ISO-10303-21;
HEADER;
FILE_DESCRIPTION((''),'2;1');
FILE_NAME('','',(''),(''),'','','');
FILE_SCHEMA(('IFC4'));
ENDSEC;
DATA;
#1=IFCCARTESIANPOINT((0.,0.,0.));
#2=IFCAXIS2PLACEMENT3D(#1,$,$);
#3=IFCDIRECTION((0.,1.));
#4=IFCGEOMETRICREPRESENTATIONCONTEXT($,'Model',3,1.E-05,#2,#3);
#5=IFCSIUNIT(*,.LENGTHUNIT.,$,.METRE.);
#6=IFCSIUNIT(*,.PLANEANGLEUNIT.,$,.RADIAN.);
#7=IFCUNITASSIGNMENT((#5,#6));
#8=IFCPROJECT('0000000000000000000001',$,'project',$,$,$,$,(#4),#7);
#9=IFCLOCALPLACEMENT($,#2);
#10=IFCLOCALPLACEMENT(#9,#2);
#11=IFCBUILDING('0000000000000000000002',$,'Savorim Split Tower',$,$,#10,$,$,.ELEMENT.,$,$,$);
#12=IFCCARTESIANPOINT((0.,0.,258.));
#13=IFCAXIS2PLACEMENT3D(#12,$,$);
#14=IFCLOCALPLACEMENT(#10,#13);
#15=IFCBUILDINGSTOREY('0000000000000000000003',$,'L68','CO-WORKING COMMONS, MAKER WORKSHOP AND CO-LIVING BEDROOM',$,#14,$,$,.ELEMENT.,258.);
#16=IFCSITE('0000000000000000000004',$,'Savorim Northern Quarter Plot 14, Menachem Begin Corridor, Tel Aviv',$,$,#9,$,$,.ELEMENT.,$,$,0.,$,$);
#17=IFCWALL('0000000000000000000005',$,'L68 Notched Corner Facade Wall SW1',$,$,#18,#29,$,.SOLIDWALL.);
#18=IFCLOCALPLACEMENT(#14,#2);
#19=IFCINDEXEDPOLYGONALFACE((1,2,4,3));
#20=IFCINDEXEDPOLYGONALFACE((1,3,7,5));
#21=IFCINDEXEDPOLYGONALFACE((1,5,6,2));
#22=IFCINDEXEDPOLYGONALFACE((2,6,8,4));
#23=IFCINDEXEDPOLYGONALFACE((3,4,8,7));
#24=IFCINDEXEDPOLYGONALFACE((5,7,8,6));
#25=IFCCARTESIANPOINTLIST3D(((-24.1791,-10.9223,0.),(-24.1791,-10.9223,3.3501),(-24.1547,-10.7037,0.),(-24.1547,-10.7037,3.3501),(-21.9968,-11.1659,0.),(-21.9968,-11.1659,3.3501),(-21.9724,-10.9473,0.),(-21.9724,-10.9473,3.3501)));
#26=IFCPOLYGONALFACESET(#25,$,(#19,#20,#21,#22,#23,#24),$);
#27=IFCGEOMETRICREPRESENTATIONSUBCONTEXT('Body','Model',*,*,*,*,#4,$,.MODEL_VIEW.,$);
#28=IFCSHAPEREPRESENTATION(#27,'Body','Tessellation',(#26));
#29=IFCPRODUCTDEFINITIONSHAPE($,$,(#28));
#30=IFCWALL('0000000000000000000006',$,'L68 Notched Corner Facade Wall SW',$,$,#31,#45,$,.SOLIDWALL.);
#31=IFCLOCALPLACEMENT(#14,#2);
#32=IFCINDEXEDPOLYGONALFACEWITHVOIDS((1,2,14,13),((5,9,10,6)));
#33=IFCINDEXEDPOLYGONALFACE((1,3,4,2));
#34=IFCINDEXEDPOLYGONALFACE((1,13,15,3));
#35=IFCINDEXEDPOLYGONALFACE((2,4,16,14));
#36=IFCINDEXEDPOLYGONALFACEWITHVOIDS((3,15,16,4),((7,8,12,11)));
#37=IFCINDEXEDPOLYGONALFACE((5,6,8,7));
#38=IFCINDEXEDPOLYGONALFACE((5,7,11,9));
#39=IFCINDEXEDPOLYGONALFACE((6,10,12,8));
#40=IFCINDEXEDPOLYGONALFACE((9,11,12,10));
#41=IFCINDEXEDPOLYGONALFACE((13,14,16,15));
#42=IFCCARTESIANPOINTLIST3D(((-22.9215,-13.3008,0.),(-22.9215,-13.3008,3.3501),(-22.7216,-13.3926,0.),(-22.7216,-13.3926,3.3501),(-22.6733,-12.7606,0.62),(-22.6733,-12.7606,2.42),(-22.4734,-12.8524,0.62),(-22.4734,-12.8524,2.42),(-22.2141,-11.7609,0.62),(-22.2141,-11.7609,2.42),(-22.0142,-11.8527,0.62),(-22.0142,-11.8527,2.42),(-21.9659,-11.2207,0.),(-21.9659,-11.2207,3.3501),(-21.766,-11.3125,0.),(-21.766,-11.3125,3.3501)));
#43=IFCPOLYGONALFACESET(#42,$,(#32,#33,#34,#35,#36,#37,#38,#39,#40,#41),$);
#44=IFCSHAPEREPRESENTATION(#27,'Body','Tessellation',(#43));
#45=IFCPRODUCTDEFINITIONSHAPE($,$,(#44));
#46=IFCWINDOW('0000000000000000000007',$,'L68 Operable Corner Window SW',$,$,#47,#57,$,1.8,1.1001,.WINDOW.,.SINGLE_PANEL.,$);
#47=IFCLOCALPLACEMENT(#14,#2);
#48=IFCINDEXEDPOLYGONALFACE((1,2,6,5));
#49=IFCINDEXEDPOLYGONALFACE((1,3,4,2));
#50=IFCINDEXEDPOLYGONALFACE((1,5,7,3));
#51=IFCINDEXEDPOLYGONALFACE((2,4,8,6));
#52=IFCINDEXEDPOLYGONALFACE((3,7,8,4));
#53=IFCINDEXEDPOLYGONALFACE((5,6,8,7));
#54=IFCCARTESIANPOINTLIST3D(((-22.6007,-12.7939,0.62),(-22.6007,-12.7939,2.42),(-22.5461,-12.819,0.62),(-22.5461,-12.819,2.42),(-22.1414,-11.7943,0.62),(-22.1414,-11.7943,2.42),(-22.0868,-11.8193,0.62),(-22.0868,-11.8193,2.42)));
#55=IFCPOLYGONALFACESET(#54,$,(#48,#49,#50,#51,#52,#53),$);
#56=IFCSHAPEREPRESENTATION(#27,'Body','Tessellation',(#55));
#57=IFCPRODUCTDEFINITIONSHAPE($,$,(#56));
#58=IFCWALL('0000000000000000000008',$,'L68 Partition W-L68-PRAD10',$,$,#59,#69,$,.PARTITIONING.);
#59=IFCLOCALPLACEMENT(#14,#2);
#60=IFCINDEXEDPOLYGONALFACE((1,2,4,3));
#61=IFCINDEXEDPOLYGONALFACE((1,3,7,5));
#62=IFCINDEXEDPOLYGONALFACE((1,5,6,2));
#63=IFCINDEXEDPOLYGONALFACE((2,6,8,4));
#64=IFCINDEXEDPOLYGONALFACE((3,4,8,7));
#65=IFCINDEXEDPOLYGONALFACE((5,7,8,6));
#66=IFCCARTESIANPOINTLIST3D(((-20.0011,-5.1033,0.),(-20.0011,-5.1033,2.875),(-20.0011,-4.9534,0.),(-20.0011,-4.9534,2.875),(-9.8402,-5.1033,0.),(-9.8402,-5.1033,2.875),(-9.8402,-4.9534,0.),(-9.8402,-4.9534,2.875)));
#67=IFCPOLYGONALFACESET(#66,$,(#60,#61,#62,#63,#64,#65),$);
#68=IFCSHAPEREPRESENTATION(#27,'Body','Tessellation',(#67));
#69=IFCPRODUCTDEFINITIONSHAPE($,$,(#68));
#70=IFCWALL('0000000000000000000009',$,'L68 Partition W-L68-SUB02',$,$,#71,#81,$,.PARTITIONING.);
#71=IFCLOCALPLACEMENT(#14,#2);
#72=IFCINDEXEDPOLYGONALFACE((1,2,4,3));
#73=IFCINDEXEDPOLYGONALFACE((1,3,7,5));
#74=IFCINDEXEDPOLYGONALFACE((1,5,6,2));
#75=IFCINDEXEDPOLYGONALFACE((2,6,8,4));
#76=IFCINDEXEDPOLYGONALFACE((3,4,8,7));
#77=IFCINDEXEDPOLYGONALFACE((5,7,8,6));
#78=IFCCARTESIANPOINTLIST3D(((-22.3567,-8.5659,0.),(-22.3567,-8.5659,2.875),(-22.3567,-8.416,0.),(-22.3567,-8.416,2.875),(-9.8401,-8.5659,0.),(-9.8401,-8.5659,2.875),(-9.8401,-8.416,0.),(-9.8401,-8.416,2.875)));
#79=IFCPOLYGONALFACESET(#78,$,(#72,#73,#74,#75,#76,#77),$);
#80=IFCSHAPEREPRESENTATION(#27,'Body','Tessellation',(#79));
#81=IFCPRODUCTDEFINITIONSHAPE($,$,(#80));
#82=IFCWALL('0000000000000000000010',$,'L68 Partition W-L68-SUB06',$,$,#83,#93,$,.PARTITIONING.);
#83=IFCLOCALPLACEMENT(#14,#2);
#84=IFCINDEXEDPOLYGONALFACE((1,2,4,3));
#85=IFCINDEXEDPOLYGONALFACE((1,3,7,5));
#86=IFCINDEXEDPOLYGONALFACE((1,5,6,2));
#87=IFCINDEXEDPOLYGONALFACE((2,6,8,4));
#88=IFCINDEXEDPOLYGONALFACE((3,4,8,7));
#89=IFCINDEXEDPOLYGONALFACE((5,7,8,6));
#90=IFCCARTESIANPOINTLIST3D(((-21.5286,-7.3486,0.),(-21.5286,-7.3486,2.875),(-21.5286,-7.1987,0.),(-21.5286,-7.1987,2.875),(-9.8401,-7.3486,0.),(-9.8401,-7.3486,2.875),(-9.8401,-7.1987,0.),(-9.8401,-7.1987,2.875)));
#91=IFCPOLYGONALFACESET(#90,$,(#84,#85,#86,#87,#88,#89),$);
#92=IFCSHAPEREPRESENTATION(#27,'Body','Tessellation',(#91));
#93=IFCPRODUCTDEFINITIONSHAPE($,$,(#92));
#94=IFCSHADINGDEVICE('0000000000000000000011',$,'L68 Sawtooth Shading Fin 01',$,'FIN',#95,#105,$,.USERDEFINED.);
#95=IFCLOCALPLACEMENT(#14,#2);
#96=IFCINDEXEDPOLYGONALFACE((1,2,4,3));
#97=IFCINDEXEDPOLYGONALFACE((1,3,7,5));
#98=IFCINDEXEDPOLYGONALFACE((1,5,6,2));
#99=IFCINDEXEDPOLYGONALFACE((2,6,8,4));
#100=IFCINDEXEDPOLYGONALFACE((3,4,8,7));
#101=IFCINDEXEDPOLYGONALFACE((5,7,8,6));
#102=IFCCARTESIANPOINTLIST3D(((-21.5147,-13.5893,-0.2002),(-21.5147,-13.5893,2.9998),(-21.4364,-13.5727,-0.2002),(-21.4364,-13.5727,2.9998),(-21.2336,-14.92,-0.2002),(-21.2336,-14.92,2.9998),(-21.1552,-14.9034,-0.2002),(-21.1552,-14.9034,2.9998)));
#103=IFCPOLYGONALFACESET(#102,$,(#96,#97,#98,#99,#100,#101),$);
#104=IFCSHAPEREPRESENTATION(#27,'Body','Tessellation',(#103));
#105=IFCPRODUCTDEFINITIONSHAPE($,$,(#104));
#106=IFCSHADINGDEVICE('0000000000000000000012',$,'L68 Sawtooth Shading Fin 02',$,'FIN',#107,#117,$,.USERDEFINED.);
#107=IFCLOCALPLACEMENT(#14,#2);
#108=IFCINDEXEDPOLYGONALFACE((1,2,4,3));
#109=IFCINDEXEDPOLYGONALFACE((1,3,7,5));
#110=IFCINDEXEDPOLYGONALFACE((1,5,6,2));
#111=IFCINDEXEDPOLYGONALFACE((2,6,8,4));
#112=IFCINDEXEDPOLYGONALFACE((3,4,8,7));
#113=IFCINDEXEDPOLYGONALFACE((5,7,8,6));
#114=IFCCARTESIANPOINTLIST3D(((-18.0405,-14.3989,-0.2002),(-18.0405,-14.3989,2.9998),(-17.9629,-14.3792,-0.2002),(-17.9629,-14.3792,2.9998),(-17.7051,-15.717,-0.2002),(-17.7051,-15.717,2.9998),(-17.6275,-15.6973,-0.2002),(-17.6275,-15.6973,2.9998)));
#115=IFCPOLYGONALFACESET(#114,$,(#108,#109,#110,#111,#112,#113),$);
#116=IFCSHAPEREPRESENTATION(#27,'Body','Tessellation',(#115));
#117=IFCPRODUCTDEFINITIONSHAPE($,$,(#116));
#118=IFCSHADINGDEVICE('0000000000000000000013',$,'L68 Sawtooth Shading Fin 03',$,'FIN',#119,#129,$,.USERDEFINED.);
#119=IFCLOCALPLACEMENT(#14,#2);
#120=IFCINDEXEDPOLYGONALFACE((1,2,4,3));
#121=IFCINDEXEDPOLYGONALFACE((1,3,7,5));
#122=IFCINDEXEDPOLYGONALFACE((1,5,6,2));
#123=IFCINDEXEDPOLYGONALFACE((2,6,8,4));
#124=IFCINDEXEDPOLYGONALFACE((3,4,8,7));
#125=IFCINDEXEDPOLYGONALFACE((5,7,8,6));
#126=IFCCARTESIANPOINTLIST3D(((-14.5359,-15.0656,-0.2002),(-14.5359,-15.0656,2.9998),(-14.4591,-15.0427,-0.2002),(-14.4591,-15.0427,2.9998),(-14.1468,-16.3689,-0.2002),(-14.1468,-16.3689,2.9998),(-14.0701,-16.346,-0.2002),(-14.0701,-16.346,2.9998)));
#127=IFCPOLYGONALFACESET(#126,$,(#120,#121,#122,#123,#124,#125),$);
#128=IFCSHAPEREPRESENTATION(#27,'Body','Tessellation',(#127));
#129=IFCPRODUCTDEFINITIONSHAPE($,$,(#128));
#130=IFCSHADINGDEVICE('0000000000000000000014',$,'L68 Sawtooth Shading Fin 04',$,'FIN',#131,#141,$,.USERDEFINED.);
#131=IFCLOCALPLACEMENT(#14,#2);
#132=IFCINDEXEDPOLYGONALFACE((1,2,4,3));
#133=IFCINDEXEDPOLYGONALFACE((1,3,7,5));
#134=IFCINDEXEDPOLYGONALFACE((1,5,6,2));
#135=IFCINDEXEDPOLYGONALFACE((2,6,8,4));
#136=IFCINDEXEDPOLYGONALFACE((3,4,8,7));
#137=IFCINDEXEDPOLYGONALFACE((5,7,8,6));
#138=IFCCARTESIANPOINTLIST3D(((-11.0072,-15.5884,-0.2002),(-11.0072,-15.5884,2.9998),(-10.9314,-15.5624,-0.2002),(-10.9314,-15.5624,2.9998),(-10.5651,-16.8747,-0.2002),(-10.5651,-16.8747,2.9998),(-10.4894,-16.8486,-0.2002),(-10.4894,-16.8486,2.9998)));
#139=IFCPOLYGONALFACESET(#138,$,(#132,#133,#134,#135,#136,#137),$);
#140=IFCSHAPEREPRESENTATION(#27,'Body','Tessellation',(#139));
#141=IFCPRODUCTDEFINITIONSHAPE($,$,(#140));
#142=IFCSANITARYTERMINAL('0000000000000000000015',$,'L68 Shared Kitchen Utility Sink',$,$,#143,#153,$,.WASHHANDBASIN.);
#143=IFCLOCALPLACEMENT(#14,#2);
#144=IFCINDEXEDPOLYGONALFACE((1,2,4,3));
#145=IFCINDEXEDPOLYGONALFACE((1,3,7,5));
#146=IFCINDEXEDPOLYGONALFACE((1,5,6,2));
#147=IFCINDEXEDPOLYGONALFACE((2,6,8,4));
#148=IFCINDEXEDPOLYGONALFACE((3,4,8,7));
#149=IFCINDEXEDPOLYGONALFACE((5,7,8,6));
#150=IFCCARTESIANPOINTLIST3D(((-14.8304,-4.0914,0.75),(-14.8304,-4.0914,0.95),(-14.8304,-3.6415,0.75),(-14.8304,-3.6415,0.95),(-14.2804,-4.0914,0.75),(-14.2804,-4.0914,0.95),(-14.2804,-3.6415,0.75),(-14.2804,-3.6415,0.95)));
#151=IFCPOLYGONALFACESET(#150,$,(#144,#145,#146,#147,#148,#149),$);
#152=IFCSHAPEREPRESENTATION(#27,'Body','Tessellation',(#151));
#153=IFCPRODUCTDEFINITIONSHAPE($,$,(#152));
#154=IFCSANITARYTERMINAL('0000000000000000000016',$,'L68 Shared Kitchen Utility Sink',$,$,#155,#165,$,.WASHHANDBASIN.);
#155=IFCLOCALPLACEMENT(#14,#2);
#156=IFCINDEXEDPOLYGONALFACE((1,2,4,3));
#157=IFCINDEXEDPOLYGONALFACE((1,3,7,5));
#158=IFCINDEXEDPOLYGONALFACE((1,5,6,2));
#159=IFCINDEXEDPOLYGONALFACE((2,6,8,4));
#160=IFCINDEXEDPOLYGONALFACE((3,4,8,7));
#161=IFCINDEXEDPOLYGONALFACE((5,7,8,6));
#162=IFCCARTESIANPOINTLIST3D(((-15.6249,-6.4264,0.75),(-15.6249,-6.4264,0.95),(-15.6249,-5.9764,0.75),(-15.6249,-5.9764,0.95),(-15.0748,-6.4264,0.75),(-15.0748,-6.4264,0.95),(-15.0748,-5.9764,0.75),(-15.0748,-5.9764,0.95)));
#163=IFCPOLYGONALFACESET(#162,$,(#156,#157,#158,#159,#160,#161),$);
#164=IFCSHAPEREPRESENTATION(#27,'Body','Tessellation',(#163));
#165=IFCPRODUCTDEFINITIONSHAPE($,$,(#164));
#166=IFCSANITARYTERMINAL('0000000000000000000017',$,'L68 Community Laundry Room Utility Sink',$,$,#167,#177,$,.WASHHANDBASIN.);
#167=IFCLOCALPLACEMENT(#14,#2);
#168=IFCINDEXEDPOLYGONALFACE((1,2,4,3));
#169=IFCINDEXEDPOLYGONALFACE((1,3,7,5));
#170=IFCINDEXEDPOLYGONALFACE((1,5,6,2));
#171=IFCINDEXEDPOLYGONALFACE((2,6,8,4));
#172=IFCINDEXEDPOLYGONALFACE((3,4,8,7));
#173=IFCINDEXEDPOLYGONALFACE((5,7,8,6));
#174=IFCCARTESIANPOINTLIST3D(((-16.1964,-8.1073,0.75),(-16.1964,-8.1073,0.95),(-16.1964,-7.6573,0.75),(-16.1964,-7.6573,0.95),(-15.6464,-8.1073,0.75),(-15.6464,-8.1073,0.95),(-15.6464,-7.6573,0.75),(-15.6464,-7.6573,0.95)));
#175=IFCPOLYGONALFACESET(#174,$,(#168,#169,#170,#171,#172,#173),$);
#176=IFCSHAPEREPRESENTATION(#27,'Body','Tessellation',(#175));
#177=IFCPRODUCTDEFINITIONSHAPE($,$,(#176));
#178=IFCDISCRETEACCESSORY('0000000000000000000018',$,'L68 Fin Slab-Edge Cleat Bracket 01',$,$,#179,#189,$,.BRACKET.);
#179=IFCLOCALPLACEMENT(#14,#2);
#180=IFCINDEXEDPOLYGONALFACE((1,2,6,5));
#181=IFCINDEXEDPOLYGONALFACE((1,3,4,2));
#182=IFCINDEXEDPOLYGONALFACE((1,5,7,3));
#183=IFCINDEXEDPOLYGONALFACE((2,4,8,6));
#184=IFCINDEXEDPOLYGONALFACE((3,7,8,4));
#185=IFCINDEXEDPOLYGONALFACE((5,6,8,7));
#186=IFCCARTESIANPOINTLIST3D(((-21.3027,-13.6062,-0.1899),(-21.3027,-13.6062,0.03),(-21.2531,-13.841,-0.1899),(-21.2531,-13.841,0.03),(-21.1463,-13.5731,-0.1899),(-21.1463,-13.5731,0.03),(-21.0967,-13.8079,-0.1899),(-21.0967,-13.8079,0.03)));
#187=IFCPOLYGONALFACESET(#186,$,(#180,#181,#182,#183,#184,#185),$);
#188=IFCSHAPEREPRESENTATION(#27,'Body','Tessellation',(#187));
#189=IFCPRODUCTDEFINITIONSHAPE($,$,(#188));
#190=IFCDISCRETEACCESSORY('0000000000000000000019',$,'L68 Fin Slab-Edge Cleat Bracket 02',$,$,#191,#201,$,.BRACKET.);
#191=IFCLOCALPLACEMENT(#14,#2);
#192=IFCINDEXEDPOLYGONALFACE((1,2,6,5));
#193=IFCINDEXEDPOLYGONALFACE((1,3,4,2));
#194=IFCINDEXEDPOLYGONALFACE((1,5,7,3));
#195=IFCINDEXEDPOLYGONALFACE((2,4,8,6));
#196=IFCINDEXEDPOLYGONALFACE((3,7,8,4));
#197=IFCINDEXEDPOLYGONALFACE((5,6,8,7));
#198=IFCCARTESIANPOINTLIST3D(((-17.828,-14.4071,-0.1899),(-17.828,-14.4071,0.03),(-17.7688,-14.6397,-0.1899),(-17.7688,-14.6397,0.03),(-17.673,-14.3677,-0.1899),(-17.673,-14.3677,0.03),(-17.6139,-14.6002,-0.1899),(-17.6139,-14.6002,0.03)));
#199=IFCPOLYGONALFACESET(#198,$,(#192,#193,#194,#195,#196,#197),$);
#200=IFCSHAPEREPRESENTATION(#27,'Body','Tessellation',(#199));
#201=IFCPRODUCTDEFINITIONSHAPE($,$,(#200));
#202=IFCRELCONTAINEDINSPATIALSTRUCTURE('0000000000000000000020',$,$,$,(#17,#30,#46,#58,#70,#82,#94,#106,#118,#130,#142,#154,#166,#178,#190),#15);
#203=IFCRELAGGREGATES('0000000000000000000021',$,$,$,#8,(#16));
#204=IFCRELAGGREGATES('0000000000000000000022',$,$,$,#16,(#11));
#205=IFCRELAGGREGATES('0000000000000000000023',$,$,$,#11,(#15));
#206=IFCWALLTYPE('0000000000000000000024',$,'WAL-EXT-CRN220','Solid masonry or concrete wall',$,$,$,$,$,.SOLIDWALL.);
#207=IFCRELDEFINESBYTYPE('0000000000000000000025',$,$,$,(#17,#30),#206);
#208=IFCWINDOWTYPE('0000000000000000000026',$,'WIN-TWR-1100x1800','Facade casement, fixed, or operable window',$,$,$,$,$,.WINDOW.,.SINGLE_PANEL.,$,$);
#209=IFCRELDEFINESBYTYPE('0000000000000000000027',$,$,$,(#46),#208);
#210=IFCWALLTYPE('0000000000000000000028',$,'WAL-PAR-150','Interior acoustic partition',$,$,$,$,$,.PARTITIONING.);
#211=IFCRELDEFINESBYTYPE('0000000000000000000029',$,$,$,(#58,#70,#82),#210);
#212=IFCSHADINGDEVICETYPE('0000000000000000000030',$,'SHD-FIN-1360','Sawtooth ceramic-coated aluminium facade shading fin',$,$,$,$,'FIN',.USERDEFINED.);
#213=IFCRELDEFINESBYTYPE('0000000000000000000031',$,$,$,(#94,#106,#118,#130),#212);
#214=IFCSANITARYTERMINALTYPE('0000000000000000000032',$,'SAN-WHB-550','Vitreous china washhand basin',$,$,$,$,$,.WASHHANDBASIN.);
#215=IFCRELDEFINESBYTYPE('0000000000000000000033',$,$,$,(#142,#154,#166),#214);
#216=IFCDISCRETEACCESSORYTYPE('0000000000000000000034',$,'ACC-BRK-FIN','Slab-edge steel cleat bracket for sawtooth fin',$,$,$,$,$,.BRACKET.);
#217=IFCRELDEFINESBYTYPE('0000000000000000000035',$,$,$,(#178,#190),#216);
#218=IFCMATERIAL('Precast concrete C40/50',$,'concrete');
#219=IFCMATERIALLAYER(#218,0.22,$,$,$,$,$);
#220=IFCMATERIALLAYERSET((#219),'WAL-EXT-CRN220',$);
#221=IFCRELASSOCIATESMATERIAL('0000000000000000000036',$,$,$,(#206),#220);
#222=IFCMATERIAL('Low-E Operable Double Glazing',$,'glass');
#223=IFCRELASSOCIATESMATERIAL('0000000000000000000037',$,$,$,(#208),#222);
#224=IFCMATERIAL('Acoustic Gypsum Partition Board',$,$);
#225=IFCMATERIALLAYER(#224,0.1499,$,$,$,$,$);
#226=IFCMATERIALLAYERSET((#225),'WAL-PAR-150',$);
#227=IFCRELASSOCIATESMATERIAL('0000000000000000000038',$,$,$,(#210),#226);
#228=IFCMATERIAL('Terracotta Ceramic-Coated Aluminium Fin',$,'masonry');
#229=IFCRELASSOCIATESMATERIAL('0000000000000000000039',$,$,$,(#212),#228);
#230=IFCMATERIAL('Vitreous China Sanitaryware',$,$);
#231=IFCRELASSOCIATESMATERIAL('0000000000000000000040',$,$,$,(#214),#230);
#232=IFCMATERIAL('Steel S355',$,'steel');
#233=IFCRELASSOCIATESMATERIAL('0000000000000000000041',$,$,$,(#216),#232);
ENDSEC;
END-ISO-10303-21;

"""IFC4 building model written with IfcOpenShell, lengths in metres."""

from ifc_helpers import new_model, si_unit, direction, frame, frame_2d, origin, origin_2d, place, context, subcontext, project, spatial, rectangle, extrude, material, layer, layer_set, type_object, element, fill, save


model = new_model("IFC4")

# Units and contexts
model_context = context("Model", 3, precision=1e-05, world=origin(), true_north=direction((0.0, 1.0)))
body_context = subcontext(model_context, "Body", "Model", "MODEL_VIEW")
ifc_project = project(units=[si_unit("LENGTHUNIT", "METRE"), si_unit("PLANEANGLEUNIT", "RADIAN")], contexts=[model_context])

# Site, building, storey
site_placement = place(None, origin())
site = spatial("IfcSite", under=ifc_project, at=site_placement, Name="Savorim Northern Quarter Plot 14, Menachem Begin Corridor, Tel Aviv", CompositionType="ELEMENT", RefElevation=0.0)
building_placement = place(site_placement, origin())
building = spatial("IfcBuilding", under=site, at=building_placement, Name="Savorim Split Tower", CompositionType="ELEMENT")
storey_placement = place(building_placement, frame((0.0, 0.0, 258.0)))
storey = spatial("IfcBuildingStorey", under=building, at=storey_placement, Name="L68", Description="CO-WORKING COMMONS, MAKER WORKSHOP AND CO-LIVING BEDROOM", CompositionType="ELEMENT", Elevation=258.0)

# Shared definitions
ifc_material_1 = material(Name="Steel S355", Category="steel")

# Wall
ifc_material_2 = material(Name="Precast concrete C40/50", Category="concrete")
ifc_layer_1 = layer(ifc_material_2, 0.22)
ifc_layer_set_1 = layer_set([ifc_layer_1], Name="WAL-EXT-CRN220")
wall_type_1 = type_object("IfcWallType", Name="WAL-EXT-CRN220", Description="Solid masonry or concrete wall", PredefinedType="SOLIDWALL", material=ifc_layer_set_1)
wall_1_placement = place(storey_placement, frame((-21.9846, -11.0566, 0.0), z_axis=(0.0, 0.0, 1.0), x_axis=(-0.993824, 0.110968, 0.0)))
element("IfcWall", 1, at=wall_1_placement, inside=storey, type_object=wall_type_1, Name="L68 Notched Corner Facade Wall SW1", PredefinedType="SOLIDWALL", context=body_context, shape_type="SweptSolid", body=[
    extrude(rectangle(XDim=2.1958, YDim=0.22, at=frame_2d((1.0979, 0.0))), origin(), (0.0, 0.0, 1.0), 3.3501),
])

# Wall, opening, window
wall_2_placement = place(storey_placement, frame((-22.8215, -13.3467, 0.0), z_axis=(0.0, 0.0, 1.0), x_axis=(0.417448, 0.908701, 0.0)))
wall_2 = element("IfcWall", 2, at=wall_2_placement, inside=storey, type_object=wall_type_1, Name="L68 Notched Corner Facade Wall SW", PredefinedType="SOLIDWALL", context=body_context, shape_type="SweptSolid", body=[
    extrude(rectangle(XDim=2.2891, YDim=0.22, at=frame_2d((1.1445, 0.0))), origin(), (0.0, 0.0, 1.0), 3.3501),
])
opening_placement = place(wall_2_placement, frame((0.5945, 0.0, 0.6201)))
opening = element("IfcOpeningElement", 3, at=opening_placement, cuts=wall_2, PredefinedType="OPENING", context=body_context, shape_type="SweptSolid", body=[
    extrude(rectangle(XDim=1.1001, YDim=1.8, at=frame_2d((0.55, 0.8999))), frame((0.0, 0.1199, 0.0), z_axis=(0.0, -1.0, 0.0), x_axis=(1.0, 0.0, 0.0)), (0.0, 0.0, 1.0), 0.24),
])
ifc_material_3 = material(Name="Low-E Operable Double Glazing", Category="glass")
window_type = type_object("IfcWindowType", Name="WIN-TWR-1100x1800", Description="Facade casement, fixed, or operable window", PartitioningType="SINGLE_PANEL", PredefinedType="WINDOW", material=ifc_material_3)
window_placement = place(opening_placement, origin())
window = element("IfcWindow", 4, at=window_placement, inside=storey, type_object=window_type, Name="L68 Operable Corner Window SW", OverallHeight=1.8, OverallWidth=1.1001, PartitioningType="SINGLE_PANEL", PredefinedType="WINDOW", context=body_context, shape_type="SweptSolid", body=[
    extrude(rectangle(XDim=1.1001, YDim=1.8, at=frame_2d((0.55, 0.8999))), frame((0.0, 0.03, 0.0), z_axis=(0.0, -1.0, 0.0), x_axis=(1.0, 0.0, 0.0)), (0.0, 0.0, 1.0), 0.0601),
])
fill(opening, window)

# Walls
ifc_material_4 = material(Name="Acoustic Gypsum Partition Board")
ifc_layer_2 = layer(ifc_material_4, 0.1499)
ifc_layer_set_2 = layer_set([ifc_layer_2], Name="WAL-PAR-150")
wall_type_2 = type_object("IfcWallType", Name="WAL-PAR-150", Description="Interior acoustic partition", PredefinedType="PARTITIONING", material=ifc_layer_set_2)
wall_3_placement = place(storey_placement, frame((-9.8401, -5.0283, 0.0), z_axis=(0.0, 0.0, 1.0), x_axis=(-1.0, 0.0, 0.0)))
element("IfcWall", 5, at=wall_3_placement, inside=storey, type_object=wall_type_2, Name="L68 Partition W-L68-PRAD10", PredefinedType="PARTITIONING", context=body_context, shape_type="SweptSolid", body=[
    extrude(rectangle(XDim=10.1609, YDim=0.1499, at=frame_2d((5.0806, 0.0))), origin(), (0.0, 0.0, 1.0), 2.875),
])
wall_4_placement = place(storey_placement, frame((-9.8401, -8.491, 0.0), z_axis=(0.0, 0.0, 1.0), x_axis=(-1.0, 0.0, 0.0)))
element("IfcWall", 6, at=wall_4_placement, inside=storey, type_object=wall_type_2, Name="L68 Partition W-L68-SUB02", PredefinedType="PARTITIONING", context=body_context, shape_type="SweptSolid", body=[
    extrude(rectangle(XDim=12.5166, YDim=0.1499, at=frame_2d((6.2583, 0.0))), origin(), (0.0, 0.0, 1.0), 2.875),
])
wall_5_placement = place(storey_placement, frame((-9.8401, -7.2737, 0.0), z_axis=(0.0, 0.0, 1.0), x_axis=(-1.0, 0.0, 0.0)))
element("IfcWall", 7, at=wall_5_placement, inside=storey, type_object=wall_type_2, Name="L68 Partition W-L68-SUB06", PredefinedType="PARTITIONING", context=body_context, shape_type="SweptSolid", body=[
    extrude(rectangle(XDim=11.6885, YDim=0.1499, at=frame_2d((5.8442, 0.0))), origin(), (0.0, 0.0, 1.0), 2.875),
])

# Shading devices
ifc_material_5 = material(Name="Terracotta Ceramic-Coated Aluminium Fin", Category="masonry")
shading_device_type = type_object("IfcShadingDeviceType", Name="SHD-FIN-1360", Description="Sawtooth ceramic-coated aluminium facade shading fin", ElementType="FIN", PredefinedType="USERDEFINED", material=ifc_material_5)
for number, where, z_axis, x_axis, name in (
    (8, (-21.335, -14.2463, -0.2002), (0.0, 0.0, 1.0), (0.206722, -0.9784, 0.0), "L68 Sawtooth Shading Fin 01"),
    (9, (-17.834, -15.0481, -0.2002), (0.0, 0.0, 1.0), (0.246581, -0.969122, 0.0), "L68 Sawtooth Shading Fin 02"),
    (10, (-14.303, -15.7058, -0.2002), (0.0, 0.0, 1.0), (0.286026, -0.958222, 0.0), "L68 Sawtooth Shading Fin 03"),
    (11, (-10.7483, -16.2185, -0.2002), (0.0, 0.0, 1.0), (0.324994, -0.945716, 0.0), "L68 Sawtooth Shading Fin 04"),
):
    element("IfcShadingDevice", number, at=place(storey_placement, frame(where, z_axis=z_axis, x_axis=x_axis)), inside=storey, type_object=shading_device_type, Name=name, ObjectType="FIN", PredefinedType="USERDEFINED", context=body_context, shape_type="SweptSolid", body=[
        extrude(rectangle(XDim=1.3601, YDim=0.0801, at=origin_2d()), origin(), (0.0, 0.0, 1.0), 3.2),
    ])

# Sanitary terminals
ifc_material_6 = material(Name="Vitreous China Sanitaryware")
sanitary_terminal_type = type_object("IfcSanitaryTerminalType", Name="SAN-WHB-550", Description="Vitreous china washhand basin", PredefinedType="WASHHANDBASIN", material=ifc_material_6)
for number, where, z_axis, x_axis, name in (
    (12, (-14.5554, -3.8665, 0.75), (0.0, 0.0, 1.0), (1.0, 0.0, 0.0), "L68 Shared Kitchen Utility Sink"),
    (13, (-15.3499, -6.2014, 0.75), (0.0, 0.0, 1.0), (1.0, 0.0, 0.0), "L68 Shared Kitchen Utility Sink"),
    (14, (-15.9214, -7.8823, 0.75), (0.0, 0.0, 1.0), (1.0, 0.0, 0.0), "L68 Community Laundry Room Utility Sink"),
):
    element("IfcSanitaryTerminal", number, at=place(storey_placement, frame(where, z_axis=z_axis, x_axis=x_axis)), inside=storey, type_object=sanitary_terminal_type, Name=name, PredefinedType="WASHHANDBASIN", context=body_context, shape_type="SweptSolid", body=[
        extrude(rectangle(XDim=0.55, YDim=0.45, at=origin_2d()), origin(), (0.0, 0.0, 1.0), 0.2),
    ])

# Discrete accessories
discrete_accessory_type = type_object("IfcDiscreteAccessoryType", Name="ACC-BRK-FIN", Description="Slab-edge steel cleat bracket for sawtooth fin", PredefinedType="BRACKET", material=ifc_material_1)
for number, where, z_axis, x_axis, name in (
    (15, (-21.1997, -13.707, -0.1899), (0.0, 0.0, 1.0), (0.206722, -0.9784, 0.0), "L68 Fin Slab-Edge Cleat Bracket 01"),
    (16, (-17.7209, -14.5037, -0.1899), (0.0, 0.0, 1.0), (0.246581, -0.969122, 0.0), "L68 Fin Slab-Edge Cleat Bracket 02"),
):
    element("IfcDiscreteAccessory", number, at=place(storey_placement, frame(where, z_axis=z_axis, x_axis=x_axis)), inside=storey, type_object=discrete_accessory_type, Name=name, PredefinedType="BRACKET", context=body_context, shape_type="SweptSolid", body=[
        extrude(rectangle(XDim=0.24, YDim=0.1599, at=origin_2d()), origin(), (0.0, 0.0, 1.0), 0.22),
    ])

save(model, "model.ifc")
